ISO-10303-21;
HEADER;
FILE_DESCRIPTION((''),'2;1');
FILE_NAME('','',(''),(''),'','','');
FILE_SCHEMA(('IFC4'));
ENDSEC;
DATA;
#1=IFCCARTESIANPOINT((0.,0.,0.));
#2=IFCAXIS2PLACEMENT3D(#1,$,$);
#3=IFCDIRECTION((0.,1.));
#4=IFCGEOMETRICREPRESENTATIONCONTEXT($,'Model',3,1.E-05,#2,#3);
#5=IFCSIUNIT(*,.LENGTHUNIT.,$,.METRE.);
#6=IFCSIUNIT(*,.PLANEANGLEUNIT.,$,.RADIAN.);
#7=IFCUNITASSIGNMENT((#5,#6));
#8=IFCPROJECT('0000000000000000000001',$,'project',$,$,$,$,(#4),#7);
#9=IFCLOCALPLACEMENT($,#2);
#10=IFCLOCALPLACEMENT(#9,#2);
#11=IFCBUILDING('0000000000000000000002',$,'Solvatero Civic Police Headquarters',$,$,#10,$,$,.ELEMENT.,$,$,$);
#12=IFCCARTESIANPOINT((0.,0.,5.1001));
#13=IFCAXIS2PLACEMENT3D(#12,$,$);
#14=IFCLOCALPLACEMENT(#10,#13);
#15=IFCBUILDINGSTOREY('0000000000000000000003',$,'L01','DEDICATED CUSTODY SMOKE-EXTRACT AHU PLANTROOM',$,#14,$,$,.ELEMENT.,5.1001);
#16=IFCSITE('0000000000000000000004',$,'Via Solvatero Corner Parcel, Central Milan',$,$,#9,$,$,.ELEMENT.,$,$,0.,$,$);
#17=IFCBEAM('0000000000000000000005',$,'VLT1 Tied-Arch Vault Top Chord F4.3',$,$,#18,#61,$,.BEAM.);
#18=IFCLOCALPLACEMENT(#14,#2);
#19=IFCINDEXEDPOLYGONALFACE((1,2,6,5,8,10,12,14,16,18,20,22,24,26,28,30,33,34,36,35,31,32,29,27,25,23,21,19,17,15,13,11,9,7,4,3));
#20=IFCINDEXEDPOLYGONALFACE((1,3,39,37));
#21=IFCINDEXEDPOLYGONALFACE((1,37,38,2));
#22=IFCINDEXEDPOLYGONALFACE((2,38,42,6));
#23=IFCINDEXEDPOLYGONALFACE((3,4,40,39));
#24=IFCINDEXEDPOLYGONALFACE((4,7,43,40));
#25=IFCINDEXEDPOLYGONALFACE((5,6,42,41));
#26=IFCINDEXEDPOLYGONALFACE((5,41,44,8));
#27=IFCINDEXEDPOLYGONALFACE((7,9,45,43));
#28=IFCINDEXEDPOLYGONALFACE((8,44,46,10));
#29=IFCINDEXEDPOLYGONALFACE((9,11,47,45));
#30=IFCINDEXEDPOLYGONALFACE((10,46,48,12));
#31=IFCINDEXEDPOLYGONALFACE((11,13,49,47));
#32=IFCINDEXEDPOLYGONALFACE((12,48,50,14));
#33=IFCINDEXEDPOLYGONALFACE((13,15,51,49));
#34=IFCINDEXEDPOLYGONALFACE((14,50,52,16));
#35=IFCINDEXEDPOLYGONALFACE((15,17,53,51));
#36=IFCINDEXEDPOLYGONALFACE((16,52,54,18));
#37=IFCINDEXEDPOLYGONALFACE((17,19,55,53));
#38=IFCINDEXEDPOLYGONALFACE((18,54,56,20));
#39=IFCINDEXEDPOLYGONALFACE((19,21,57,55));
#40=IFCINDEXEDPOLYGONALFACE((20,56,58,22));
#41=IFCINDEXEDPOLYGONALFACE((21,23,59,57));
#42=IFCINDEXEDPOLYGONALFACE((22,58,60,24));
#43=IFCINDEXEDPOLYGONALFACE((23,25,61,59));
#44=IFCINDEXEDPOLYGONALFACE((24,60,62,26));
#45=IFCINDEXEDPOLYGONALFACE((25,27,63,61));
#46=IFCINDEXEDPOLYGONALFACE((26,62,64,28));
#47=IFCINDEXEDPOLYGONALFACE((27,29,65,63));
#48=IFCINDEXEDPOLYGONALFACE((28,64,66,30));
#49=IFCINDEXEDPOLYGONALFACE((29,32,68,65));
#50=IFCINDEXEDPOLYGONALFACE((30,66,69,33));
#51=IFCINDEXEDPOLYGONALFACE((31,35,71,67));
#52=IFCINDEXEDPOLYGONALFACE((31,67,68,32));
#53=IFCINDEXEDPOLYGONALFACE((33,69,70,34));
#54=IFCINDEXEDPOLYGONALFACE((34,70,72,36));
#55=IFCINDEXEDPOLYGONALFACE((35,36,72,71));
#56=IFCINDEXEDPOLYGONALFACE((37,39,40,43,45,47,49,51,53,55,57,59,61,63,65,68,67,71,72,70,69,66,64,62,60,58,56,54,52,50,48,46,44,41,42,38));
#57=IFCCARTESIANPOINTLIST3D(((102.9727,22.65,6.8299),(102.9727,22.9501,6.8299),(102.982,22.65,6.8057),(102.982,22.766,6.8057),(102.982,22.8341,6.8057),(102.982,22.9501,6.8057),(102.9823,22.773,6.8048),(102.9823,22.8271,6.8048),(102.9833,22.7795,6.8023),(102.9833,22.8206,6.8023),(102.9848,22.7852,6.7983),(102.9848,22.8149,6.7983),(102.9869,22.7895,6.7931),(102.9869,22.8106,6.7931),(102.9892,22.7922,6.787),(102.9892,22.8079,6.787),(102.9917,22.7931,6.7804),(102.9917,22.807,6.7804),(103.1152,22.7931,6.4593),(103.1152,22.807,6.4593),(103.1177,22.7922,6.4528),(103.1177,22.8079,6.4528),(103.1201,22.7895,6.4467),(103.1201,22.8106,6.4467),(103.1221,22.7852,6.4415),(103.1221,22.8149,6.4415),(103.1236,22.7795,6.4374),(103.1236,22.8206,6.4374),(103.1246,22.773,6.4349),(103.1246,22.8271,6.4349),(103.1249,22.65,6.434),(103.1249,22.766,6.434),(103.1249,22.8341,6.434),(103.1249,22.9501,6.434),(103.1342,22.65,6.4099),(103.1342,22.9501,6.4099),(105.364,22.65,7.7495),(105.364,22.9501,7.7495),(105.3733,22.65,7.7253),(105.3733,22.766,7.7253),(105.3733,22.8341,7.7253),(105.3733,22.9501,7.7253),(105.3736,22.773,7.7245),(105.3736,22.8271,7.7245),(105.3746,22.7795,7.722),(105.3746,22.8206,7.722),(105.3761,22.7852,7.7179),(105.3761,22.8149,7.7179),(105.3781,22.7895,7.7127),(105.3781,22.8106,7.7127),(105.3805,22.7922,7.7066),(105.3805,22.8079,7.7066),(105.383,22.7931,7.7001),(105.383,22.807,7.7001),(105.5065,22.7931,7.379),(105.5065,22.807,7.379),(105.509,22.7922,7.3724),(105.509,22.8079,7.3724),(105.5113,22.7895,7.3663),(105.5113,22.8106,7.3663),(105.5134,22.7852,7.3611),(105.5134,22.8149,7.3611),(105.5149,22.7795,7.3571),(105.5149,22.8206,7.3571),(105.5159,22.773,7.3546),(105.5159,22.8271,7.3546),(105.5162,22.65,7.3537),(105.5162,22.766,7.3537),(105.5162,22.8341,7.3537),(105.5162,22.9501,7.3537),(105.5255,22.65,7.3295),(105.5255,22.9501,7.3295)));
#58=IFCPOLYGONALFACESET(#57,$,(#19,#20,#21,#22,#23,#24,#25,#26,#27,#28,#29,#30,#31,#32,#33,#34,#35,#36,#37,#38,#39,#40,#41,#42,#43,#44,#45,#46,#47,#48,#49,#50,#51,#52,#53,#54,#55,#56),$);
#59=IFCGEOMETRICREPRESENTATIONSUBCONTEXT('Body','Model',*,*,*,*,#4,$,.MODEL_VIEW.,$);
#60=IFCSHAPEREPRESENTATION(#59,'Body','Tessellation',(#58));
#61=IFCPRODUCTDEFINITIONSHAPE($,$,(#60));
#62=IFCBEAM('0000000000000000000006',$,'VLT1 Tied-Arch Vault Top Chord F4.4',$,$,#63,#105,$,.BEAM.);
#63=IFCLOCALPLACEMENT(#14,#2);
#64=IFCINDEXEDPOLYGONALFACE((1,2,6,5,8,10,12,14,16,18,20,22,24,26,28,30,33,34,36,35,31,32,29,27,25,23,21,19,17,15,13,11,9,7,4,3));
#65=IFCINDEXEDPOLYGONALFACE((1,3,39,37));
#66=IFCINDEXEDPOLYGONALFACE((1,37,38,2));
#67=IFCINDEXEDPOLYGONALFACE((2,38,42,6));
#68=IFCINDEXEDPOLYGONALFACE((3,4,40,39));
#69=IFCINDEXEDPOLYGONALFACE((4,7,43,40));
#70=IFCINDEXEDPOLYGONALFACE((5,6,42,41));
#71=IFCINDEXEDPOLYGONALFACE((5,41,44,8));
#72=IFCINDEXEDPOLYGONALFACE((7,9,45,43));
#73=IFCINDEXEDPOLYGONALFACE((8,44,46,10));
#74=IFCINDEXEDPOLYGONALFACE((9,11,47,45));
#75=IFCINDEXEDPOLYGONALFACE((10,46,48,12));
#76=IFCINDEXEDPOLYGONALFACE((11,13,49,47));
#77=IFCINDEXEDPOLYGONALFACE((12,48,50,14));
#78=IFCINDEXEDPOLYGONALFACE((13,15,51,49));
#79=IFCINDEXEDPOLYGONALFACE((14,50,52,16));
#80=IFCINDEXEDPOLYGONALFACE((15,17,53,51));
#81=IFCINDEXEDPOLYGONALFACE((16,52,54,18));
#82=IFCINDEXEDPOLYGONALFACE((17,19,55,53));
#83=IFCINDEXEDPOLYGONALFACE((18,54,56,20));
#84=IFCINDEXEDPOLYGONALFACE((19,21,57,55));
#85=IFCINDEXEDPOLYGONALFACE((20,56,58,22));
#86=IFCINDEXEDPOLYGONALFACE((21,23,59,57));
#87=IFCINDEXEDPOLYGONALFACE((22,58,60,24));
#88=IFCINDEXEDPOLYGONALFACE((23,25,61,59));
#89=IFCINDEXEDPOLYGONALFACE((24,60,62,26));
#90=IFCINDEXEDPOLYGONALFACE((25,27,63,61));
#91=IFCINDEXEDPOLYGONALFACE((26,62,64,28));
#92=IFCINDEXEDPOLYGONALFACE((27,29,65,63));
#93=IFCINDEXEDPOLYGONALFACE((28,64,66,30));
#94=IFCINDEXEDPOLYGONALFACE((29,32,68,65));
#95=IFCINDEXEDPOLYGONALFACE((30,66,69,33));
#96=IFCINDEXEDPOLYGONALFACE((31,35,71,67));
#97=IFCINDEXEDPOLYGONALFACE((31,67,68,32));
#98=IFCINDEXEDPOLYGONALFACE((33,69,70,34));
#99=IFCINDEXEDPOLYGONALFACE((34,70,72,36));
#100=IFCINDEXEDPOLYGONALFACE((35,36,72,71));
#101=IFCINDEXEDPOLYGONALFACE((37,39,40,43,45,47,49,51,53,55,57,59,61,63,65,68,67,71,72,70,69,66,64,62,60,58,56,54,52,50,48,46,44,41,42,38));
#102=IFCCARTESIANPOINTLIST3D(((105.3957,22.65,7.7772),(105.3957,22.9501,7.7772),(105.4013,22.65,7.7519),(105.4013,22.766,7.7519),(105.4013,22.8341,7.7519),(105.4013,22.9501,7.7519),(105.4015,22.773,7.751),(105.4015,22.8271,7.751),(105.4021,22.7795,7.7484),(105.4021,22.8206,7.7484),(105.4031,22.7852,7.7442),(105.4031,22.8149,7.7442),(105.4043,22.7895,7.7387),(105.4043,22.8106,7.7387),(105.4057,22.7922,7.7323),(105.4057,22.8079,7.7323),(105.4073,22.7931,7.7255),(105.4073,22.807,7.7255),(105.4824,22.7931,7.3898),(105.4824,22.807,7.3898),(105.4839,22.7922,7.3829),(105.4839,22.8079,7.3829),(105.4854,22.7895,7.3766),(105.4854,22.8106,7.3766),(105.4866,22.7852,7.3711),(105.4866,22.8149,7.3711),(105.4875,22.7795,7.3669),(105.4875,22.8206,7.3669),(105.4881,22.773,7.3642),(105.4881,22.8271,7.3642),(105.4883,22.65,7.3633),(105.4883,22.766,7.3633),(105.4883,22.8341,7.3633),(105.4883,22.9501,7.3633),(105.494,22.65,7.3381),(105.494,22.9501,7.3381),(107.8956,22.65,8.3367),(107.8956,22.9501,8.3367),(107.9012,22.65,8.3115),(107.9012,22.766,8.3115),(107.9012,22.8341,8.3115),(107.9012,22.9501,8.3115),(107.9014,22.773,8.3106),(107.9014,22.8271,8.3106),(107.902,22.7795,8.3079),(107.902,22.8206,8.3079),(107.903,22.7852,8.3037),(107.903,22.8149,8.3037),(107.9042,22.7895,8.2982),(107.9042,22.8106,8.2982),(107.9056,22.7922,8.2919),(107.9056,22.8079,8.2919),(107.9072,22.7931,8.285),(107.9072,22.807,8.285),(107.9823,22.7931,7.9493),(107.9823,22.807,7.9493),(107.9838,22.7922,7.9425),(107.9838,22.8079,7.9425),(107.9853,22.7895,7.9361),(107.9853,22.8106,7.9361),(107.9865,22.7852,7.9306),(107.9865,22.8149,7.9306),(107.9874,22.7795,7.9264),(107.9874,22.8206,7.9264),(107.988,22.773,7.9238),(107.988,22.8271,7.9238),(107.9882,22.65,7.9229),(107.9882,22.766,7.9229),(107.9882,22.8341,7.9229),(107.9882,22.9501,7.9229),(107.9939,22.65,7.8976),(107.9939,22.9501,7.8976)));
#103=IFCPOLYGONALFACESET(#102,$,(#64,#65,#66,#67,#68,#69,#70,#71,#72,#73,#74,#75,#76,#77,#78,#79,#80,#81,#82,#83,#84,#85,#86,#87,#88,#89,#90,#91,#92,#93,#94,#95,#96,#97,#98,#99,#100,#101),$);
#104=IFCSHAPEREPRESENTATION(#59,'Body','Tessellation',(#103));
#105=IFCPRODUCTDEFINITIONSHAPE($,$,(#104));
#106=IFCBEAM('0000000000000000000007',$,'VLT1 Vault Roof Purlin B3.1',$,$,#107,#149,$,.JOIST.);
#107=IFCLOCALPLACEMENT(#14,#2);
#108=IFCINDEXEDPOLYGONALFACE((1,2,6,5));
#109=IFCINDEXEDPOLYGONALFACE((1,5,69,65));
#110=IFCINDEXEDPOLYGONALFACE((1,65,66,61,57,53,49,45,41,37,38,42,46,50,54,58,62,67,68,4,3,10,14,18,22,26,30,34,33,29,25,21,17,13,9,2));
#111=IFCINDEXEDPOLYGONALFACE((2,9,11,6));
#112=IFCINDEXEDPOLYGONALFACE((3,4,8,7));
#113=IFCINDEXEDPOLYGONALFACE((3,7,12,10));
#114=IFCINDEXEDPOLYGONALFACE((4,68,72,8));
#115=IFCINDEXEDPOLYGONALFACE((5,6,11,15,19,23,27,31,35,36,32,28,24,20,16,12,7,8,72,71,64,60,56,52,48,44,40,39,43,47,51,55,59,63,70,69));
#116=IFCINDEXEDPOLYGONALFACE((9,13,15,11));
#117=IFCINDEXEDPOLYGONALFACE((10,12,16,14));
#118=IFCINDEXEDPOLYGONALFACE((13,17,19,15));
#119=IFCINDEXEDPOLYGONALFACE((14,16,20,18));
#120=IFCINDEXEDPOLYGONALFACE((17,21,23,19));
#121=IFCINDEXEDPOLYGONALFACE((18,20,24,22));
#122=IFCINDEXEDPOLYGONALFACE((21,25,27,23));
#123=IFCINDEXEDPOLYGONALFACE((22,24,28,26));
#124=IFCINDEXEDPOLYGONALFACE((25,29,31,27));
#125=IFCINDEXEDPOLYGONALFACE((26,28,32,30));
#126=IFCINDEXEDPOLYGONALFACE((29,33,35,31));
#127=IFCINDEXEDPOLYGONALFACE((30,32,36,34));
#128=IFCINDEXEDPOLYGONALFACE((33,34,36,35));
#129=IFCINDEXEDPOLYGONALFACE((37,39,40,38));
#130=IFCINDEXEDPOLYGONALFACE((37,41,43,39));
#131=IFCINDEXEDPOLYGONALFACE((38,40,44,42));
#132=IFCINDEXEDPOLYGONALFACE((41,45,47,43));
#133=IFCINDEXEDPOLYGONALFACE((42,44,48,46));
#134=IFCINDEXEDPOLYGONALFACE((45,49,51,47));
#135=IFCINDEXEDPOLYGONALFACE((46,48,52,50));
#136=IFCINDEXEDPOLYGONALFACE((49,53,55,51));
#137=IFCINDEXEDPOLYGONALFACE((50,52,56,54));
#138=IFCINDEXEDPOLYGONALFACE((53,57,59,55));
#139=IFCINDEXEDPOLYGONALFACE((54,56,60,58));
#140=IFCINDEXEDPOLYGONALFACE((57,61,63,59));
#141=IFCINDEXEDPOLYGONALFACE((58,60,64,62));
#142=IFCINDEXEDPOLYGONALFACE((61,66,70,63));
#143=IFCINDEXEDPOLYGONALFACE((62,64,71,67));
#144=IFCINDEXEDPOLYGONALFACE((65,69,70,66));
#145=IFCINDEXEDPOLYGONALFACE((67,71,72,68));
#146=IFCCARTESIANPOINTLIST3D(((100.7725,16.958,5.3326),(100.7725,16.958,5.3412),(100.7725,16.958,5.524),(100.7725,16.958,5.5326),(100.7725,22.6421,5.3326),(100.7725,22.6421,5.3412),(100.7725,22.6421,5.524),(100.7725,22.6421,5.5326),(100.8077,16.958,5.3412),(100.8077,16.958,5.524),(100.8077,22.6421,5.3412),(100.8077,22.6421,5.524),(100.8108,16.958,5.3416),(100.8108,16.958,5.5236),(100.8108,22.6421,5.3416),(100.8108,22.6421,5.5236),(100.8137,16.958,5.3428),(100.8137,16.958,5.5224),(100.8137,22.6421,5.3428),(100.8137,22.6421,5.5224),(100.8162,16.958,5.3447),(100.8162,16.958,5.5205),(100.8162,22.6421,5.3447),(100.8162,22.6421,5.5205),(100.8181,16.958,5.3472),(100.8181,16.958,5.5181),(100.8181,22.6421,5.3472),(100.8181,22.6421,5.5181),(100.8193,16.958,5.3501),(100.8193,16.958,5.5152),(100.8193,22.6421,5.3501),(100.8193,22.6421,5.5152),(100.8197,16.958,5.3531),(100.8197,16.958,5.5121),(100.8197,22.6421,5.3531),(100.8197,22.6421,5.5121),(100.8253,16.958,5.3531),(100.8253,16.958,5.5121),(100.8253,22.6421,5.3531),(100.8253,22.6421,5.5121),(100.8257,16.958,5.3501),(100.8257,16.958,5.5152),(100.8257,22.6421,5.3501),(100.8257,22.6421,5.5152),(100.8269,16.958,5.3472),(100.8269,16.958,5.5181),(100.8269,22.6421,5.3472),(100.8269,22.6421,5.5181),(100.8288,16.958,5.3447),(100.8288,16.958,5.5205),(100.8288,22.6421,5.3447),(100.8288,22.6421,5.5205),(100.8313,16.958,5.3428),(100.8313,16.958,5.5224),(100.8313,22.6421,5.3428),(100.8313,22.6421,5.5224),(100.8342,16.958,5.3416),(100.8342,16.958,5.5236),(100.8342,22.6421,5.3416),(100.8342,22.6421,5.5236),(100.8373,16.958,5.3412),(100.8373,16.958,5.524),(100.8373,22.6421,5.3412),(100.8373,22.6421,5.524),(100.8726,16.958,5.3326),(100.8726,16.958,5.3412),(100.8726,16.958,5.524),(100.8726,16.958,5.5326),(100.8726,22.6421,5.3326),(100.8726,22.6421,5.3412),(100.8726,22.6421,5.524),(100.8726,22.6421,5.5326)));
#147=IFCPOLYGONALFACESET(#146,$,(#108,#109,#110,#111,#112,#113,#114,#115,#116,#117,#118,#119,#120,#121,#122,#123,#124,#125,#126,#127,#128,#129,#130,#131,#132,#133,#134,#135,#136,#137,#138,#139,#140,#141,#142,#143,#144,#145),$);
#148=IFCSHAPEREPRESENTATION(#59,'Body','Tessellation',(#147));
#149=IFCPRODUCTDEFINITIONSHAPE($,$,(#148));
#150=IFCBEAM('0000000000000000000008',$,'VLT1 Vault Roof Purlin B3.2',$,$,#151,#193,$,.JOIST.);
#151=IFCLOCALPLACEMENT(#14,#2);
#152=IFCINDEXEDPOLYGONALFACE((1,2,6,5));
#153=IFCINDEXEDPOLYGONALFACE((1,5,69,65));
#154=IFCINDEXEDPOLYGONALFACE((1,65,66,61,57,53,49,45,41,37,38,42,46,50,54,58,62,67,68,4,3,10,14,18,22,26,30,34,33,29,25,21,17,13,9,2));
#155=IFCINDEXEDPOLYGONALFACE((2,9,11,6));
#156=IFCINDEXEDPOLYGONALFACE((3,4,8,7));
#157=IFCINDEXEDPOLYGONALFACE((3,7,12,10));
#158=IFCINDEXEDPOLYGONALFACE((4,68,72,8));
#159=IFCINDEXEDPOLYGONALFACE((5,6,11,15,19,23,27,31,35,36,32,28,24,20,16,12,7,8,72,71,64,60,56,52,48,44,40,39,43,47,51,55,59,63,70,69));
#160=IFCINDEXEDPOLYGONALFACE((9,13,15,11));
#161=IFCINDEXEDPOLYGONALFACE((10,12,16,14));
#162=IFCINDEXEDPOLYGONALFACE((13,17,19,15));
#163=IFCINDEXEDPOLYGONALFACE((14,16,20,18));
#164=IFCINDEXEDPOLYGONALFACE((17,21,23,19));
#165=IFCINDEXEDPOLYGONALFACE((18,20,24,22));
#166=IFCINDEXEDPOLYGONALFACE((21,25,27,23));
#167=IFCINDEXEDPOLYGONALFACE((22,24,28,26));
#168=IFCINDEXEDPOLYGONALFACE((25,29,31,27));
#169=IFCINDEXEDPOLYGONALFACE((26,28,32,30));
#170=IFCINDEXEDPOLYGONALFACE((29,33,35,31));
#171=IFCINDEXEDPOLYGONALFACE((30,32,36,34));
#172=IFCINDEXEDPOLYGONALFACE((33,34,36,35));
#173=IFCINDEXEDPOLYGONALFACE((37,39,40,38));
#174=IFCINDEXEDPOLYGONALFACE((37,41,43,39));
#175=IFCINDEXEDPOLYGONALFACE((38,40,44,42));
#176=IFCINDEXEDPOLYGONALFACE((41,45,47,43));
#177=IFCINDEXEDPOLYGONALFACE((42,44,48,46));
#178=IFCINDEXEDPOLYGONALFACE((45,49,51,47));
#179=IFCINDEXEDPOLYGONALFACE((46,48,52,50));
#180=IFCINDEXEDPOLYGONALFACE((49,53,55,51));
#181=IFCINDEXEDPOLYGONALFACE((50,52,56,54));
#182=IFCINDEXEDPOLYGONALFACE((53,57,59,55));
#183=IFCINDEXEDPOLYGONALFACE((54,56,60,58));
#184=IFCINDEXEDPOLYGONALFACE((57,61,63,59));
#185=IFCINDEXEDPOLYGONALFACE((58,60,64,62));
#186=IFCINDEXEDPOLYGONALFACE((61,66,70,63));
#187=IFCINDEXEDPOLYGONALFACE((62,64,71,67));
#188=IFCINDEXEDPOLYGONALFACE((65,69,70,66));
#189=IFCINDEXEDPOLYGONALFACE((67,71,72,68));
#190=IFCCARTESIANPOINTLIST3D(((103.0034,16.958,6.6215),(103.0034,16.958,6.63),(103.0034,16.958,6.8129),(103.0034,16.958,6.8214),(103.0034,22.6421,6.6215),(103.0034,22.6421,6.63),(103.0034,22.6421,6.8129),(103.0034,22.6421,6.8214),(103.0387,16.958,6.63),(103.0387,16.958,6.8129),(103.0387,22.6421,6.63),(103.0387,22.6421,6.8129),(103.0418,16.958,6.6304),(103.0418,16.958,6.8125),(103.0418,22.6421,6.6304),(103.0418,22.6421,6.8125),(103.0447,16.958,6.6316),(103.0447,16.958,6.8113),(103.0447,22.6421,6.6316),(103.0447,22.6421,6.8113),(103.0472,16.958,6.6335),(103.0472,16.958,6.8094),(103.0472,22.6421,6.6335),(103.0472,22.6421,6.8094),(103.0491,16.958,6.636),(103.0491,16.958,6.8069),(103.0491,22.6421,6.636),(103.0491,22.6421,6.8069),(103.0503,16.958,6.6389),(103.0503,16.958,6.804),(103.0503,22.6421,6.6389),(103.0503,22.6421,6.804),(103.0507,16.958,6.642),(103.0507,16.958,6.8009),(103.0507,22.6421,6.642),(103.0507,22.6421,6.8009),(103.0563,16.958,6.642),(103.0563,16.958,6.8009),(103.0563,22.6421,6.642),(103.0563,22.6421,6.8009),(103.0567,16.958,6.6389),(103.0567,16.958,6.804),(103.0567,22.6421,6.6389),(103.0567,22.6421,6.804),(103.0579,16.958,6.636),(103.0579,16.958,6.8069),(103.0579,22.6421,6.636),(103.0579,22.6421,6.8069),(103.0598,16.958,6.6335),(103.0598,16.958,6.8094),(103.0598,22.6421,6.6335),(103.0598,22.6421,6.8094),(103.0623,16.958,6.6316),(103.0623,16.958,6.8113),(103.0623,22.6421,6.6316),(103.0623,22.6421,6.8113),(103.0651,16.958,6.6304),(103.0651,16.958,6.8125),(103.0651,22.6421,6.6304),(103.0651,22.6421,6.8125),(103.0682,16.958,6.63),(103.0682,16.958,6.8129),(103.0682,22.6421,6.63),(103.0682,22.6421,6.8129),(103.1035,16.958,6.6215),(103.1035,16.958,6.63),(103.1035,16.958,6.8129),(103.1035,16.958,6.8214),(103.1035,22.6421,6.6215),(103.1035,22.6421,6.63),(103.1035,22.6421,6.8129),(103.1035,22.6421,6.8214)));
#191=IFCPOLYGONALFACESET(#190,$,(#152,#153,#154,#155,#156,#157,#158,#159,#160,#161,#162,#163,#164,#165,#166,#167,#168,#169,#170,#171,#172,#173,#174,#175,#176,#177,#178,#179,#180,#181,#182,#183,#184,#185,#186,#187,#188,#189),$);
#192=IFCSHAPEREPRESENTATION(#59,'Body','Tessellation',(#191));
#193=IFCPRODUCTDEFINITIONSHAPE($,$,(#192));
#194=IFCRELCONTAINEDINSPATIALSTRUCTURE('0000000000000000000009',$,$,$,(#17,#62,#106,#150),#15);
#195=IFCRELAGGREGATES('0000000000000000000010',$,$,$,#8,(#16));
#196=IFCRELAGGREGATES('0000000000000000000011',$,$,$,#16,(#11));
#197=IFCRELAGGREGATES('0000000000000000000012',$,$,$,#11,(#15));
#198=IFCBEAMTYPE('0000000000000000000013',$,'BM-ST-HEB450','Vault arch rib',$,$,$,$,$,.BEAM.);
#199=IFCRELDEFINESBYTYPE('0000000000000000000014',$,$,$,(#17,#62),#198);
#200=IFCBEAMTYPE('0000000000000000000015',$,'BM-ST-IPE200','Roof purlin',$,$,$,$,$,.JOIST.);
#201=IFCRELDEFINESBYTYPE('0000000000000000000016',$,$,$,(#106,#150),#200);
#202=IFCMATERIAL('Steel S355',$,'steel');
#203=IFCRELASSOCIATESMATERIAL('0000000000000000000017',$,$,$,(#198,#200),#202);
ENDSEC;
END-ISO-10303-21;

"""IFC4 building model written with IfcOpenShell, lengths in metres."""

from ifc_helpers import new_model, si_unit, direction, frame, origin, origin_2d, place, context, subcontext, project, spatial, i_section, extrude, material, material_profile, profile_set, type_object, element, save


model = new_model("IFC4")

# Units and contexts
model_context = context("Model", 3, precision=1e-05, world=origin(), true_north=direction((0.0, 1.0)))
body_context = subcontext(model_context, "Body", "Model", "MODEL_VIEW")
ifc_project = project(units=[si_unit("LENGTHUNIT", "METRE"), si_unit("PLANEANGLEUNIT", "RADIAN")], contexts=[model_context])

# Site, building, storey
site_placement = place(None, origin())
site = spatial("IfcSite", under=ifc_project, at=site_placement, Name="Via Solvatero Corner Parcel, Central Milan", CompositionType="ELEMENT", RefElevation=0.0)
building_placement = place(site_placement, origin())
building = spatial("IfcBuilding", under=site, at=building_placement, Name="Solvatero Civic Police Headquarters", CompositionType="ELEMENT")
storey_placement = place(building_placement, frame((0.0, 0.0, 5.1001)))
storey = spatial("IfcBuildingStorey", under=building, at=storey_placement, Name="L01", Description="DEDICATED CUSTODY SMOKE-EXTRACT AHU PLANTROOM", CompositionType="ELEMENT", Elevation=5.1001)

# Beams
ifc_material = material(Name="Steel S355", Category="steel")
ifc_material_profile_1 = material_profile(ifc_material, i_section(OverallWidth=0.3, OverallDepth=0.45, WebThickness=0.0139, FlangeThickness=0.0259, FilletRadius=0.0271, at=origin_2d()), Name="HEB 450")
ifc_profile_set_1 = profile_set([ifc_material_profile_1], Name="Steel S355")
beam_type_1 = type_object("IfcBeamType", Name="BM-ST-HEB450", Description="Vault arch rib", PredefinedType="BEAM", material=ifc_profile_set_1)
for number, where, z_axis, x_axis, name in (
    (1, (103.0535, 22.8, 6.6199), (0.933355, 0.0, 0.358954), (0.0, 1.0, 0.0), "VLT1 Tied-Arch Vault Top Chord F4.3"),
):
    element("IfcBeam", number, at=place(storey_placement, frame(where, z_axis=z_axis, x_axis=x_axis)), inside=storey, type_object=beam_type_1, Name=name, PredefinedType="BEAM", context=body_context, shape_type="SweptSolid", body=[
        extrude(i_section(OverallWidth=0.3, OverallDepth=0.45, WebThickness=0.0139, FlangeThickness=0.0259, FilletRadius=0.0271, at=origin_2d()), origin(), (0.0, 0.0, 1.0), 2.562),
    ])
beam_1_placement = place(storey_placement, frame((105.4448, 22.8, 7.5576), z_axis=(0.975854, 0.0, 0.218424), x_axis=(0.0, 1.0, 0.0)))
element("IfcBeam", 2, at=beam_1_placement, inside=storey, type_object=beam_type_1, Name="VLT1 Tied-Arch Vault Top Chord F4.4", PredefinedType="BEAM", context=body_context, shape_type="SweptSolid", body=[
    extrude(i_section(OverallWidth=0.3, OverallDepth=0.45, WebThickness=0.0139, FlangeThickness=0.0259, FilletRadius=0.0271, at=origin_2d()), origin(), (0.0, 0.0, 1.0), 2.5618),
])
ifc_material_profile_2 = material_profile(ifc_material, i_section(OverallWidth=0.1001, OverallDepth=0.2, WebThickness=0.0056, FlangeThickness=0.0085, FilletRadius=0.012, at=origin_2d()), Name="IPE 200")
ifc_profile_set_2 = profile_set([ifc_material_profile_2], Name="Steel S355")
beam_type_2 = type_object("IfcBeamType", Name="BM-ST-IPE200", Description="Roof purlin", PredefinedType="JOIST", material=ifc_profile_set_2)
for number, where, z_axis, x_axis, name in (
    (3, (100.8225, 16.958, 5.4326), (0.0, 1.0, 0.0), (-1.0, 0.0, 0.0), "VLT1 Vault Roof Purlin B3.1"),
    (4, (103.0535, 16.958, 6.7214), (0.0, 1.0, 0.0), (-1.0, 0.0, 0.0), "VLT1 Vault Roof Purlin B3.2"),
):
    element("IfcBeam", number, at=place(storey_placement, frame(where, z_axis=z_axis, x_axis=x_axis)), inside=storey, type_object=beam_type_2, Name=name, PredefinedType="JOIST", context=body_context, shape_type="SweptSolid", body=[
        extrude(i_section(OverallWidth=0.1001, OverallDepth=0.2, WebThickness=0.0056, FlangeThickness=0.0085, FilletRadius=0.012, at=origin_2d()), origin(), (0.0, 0.0, 1.0), 5.6841),
    ])

save(model, "model.ifc")
